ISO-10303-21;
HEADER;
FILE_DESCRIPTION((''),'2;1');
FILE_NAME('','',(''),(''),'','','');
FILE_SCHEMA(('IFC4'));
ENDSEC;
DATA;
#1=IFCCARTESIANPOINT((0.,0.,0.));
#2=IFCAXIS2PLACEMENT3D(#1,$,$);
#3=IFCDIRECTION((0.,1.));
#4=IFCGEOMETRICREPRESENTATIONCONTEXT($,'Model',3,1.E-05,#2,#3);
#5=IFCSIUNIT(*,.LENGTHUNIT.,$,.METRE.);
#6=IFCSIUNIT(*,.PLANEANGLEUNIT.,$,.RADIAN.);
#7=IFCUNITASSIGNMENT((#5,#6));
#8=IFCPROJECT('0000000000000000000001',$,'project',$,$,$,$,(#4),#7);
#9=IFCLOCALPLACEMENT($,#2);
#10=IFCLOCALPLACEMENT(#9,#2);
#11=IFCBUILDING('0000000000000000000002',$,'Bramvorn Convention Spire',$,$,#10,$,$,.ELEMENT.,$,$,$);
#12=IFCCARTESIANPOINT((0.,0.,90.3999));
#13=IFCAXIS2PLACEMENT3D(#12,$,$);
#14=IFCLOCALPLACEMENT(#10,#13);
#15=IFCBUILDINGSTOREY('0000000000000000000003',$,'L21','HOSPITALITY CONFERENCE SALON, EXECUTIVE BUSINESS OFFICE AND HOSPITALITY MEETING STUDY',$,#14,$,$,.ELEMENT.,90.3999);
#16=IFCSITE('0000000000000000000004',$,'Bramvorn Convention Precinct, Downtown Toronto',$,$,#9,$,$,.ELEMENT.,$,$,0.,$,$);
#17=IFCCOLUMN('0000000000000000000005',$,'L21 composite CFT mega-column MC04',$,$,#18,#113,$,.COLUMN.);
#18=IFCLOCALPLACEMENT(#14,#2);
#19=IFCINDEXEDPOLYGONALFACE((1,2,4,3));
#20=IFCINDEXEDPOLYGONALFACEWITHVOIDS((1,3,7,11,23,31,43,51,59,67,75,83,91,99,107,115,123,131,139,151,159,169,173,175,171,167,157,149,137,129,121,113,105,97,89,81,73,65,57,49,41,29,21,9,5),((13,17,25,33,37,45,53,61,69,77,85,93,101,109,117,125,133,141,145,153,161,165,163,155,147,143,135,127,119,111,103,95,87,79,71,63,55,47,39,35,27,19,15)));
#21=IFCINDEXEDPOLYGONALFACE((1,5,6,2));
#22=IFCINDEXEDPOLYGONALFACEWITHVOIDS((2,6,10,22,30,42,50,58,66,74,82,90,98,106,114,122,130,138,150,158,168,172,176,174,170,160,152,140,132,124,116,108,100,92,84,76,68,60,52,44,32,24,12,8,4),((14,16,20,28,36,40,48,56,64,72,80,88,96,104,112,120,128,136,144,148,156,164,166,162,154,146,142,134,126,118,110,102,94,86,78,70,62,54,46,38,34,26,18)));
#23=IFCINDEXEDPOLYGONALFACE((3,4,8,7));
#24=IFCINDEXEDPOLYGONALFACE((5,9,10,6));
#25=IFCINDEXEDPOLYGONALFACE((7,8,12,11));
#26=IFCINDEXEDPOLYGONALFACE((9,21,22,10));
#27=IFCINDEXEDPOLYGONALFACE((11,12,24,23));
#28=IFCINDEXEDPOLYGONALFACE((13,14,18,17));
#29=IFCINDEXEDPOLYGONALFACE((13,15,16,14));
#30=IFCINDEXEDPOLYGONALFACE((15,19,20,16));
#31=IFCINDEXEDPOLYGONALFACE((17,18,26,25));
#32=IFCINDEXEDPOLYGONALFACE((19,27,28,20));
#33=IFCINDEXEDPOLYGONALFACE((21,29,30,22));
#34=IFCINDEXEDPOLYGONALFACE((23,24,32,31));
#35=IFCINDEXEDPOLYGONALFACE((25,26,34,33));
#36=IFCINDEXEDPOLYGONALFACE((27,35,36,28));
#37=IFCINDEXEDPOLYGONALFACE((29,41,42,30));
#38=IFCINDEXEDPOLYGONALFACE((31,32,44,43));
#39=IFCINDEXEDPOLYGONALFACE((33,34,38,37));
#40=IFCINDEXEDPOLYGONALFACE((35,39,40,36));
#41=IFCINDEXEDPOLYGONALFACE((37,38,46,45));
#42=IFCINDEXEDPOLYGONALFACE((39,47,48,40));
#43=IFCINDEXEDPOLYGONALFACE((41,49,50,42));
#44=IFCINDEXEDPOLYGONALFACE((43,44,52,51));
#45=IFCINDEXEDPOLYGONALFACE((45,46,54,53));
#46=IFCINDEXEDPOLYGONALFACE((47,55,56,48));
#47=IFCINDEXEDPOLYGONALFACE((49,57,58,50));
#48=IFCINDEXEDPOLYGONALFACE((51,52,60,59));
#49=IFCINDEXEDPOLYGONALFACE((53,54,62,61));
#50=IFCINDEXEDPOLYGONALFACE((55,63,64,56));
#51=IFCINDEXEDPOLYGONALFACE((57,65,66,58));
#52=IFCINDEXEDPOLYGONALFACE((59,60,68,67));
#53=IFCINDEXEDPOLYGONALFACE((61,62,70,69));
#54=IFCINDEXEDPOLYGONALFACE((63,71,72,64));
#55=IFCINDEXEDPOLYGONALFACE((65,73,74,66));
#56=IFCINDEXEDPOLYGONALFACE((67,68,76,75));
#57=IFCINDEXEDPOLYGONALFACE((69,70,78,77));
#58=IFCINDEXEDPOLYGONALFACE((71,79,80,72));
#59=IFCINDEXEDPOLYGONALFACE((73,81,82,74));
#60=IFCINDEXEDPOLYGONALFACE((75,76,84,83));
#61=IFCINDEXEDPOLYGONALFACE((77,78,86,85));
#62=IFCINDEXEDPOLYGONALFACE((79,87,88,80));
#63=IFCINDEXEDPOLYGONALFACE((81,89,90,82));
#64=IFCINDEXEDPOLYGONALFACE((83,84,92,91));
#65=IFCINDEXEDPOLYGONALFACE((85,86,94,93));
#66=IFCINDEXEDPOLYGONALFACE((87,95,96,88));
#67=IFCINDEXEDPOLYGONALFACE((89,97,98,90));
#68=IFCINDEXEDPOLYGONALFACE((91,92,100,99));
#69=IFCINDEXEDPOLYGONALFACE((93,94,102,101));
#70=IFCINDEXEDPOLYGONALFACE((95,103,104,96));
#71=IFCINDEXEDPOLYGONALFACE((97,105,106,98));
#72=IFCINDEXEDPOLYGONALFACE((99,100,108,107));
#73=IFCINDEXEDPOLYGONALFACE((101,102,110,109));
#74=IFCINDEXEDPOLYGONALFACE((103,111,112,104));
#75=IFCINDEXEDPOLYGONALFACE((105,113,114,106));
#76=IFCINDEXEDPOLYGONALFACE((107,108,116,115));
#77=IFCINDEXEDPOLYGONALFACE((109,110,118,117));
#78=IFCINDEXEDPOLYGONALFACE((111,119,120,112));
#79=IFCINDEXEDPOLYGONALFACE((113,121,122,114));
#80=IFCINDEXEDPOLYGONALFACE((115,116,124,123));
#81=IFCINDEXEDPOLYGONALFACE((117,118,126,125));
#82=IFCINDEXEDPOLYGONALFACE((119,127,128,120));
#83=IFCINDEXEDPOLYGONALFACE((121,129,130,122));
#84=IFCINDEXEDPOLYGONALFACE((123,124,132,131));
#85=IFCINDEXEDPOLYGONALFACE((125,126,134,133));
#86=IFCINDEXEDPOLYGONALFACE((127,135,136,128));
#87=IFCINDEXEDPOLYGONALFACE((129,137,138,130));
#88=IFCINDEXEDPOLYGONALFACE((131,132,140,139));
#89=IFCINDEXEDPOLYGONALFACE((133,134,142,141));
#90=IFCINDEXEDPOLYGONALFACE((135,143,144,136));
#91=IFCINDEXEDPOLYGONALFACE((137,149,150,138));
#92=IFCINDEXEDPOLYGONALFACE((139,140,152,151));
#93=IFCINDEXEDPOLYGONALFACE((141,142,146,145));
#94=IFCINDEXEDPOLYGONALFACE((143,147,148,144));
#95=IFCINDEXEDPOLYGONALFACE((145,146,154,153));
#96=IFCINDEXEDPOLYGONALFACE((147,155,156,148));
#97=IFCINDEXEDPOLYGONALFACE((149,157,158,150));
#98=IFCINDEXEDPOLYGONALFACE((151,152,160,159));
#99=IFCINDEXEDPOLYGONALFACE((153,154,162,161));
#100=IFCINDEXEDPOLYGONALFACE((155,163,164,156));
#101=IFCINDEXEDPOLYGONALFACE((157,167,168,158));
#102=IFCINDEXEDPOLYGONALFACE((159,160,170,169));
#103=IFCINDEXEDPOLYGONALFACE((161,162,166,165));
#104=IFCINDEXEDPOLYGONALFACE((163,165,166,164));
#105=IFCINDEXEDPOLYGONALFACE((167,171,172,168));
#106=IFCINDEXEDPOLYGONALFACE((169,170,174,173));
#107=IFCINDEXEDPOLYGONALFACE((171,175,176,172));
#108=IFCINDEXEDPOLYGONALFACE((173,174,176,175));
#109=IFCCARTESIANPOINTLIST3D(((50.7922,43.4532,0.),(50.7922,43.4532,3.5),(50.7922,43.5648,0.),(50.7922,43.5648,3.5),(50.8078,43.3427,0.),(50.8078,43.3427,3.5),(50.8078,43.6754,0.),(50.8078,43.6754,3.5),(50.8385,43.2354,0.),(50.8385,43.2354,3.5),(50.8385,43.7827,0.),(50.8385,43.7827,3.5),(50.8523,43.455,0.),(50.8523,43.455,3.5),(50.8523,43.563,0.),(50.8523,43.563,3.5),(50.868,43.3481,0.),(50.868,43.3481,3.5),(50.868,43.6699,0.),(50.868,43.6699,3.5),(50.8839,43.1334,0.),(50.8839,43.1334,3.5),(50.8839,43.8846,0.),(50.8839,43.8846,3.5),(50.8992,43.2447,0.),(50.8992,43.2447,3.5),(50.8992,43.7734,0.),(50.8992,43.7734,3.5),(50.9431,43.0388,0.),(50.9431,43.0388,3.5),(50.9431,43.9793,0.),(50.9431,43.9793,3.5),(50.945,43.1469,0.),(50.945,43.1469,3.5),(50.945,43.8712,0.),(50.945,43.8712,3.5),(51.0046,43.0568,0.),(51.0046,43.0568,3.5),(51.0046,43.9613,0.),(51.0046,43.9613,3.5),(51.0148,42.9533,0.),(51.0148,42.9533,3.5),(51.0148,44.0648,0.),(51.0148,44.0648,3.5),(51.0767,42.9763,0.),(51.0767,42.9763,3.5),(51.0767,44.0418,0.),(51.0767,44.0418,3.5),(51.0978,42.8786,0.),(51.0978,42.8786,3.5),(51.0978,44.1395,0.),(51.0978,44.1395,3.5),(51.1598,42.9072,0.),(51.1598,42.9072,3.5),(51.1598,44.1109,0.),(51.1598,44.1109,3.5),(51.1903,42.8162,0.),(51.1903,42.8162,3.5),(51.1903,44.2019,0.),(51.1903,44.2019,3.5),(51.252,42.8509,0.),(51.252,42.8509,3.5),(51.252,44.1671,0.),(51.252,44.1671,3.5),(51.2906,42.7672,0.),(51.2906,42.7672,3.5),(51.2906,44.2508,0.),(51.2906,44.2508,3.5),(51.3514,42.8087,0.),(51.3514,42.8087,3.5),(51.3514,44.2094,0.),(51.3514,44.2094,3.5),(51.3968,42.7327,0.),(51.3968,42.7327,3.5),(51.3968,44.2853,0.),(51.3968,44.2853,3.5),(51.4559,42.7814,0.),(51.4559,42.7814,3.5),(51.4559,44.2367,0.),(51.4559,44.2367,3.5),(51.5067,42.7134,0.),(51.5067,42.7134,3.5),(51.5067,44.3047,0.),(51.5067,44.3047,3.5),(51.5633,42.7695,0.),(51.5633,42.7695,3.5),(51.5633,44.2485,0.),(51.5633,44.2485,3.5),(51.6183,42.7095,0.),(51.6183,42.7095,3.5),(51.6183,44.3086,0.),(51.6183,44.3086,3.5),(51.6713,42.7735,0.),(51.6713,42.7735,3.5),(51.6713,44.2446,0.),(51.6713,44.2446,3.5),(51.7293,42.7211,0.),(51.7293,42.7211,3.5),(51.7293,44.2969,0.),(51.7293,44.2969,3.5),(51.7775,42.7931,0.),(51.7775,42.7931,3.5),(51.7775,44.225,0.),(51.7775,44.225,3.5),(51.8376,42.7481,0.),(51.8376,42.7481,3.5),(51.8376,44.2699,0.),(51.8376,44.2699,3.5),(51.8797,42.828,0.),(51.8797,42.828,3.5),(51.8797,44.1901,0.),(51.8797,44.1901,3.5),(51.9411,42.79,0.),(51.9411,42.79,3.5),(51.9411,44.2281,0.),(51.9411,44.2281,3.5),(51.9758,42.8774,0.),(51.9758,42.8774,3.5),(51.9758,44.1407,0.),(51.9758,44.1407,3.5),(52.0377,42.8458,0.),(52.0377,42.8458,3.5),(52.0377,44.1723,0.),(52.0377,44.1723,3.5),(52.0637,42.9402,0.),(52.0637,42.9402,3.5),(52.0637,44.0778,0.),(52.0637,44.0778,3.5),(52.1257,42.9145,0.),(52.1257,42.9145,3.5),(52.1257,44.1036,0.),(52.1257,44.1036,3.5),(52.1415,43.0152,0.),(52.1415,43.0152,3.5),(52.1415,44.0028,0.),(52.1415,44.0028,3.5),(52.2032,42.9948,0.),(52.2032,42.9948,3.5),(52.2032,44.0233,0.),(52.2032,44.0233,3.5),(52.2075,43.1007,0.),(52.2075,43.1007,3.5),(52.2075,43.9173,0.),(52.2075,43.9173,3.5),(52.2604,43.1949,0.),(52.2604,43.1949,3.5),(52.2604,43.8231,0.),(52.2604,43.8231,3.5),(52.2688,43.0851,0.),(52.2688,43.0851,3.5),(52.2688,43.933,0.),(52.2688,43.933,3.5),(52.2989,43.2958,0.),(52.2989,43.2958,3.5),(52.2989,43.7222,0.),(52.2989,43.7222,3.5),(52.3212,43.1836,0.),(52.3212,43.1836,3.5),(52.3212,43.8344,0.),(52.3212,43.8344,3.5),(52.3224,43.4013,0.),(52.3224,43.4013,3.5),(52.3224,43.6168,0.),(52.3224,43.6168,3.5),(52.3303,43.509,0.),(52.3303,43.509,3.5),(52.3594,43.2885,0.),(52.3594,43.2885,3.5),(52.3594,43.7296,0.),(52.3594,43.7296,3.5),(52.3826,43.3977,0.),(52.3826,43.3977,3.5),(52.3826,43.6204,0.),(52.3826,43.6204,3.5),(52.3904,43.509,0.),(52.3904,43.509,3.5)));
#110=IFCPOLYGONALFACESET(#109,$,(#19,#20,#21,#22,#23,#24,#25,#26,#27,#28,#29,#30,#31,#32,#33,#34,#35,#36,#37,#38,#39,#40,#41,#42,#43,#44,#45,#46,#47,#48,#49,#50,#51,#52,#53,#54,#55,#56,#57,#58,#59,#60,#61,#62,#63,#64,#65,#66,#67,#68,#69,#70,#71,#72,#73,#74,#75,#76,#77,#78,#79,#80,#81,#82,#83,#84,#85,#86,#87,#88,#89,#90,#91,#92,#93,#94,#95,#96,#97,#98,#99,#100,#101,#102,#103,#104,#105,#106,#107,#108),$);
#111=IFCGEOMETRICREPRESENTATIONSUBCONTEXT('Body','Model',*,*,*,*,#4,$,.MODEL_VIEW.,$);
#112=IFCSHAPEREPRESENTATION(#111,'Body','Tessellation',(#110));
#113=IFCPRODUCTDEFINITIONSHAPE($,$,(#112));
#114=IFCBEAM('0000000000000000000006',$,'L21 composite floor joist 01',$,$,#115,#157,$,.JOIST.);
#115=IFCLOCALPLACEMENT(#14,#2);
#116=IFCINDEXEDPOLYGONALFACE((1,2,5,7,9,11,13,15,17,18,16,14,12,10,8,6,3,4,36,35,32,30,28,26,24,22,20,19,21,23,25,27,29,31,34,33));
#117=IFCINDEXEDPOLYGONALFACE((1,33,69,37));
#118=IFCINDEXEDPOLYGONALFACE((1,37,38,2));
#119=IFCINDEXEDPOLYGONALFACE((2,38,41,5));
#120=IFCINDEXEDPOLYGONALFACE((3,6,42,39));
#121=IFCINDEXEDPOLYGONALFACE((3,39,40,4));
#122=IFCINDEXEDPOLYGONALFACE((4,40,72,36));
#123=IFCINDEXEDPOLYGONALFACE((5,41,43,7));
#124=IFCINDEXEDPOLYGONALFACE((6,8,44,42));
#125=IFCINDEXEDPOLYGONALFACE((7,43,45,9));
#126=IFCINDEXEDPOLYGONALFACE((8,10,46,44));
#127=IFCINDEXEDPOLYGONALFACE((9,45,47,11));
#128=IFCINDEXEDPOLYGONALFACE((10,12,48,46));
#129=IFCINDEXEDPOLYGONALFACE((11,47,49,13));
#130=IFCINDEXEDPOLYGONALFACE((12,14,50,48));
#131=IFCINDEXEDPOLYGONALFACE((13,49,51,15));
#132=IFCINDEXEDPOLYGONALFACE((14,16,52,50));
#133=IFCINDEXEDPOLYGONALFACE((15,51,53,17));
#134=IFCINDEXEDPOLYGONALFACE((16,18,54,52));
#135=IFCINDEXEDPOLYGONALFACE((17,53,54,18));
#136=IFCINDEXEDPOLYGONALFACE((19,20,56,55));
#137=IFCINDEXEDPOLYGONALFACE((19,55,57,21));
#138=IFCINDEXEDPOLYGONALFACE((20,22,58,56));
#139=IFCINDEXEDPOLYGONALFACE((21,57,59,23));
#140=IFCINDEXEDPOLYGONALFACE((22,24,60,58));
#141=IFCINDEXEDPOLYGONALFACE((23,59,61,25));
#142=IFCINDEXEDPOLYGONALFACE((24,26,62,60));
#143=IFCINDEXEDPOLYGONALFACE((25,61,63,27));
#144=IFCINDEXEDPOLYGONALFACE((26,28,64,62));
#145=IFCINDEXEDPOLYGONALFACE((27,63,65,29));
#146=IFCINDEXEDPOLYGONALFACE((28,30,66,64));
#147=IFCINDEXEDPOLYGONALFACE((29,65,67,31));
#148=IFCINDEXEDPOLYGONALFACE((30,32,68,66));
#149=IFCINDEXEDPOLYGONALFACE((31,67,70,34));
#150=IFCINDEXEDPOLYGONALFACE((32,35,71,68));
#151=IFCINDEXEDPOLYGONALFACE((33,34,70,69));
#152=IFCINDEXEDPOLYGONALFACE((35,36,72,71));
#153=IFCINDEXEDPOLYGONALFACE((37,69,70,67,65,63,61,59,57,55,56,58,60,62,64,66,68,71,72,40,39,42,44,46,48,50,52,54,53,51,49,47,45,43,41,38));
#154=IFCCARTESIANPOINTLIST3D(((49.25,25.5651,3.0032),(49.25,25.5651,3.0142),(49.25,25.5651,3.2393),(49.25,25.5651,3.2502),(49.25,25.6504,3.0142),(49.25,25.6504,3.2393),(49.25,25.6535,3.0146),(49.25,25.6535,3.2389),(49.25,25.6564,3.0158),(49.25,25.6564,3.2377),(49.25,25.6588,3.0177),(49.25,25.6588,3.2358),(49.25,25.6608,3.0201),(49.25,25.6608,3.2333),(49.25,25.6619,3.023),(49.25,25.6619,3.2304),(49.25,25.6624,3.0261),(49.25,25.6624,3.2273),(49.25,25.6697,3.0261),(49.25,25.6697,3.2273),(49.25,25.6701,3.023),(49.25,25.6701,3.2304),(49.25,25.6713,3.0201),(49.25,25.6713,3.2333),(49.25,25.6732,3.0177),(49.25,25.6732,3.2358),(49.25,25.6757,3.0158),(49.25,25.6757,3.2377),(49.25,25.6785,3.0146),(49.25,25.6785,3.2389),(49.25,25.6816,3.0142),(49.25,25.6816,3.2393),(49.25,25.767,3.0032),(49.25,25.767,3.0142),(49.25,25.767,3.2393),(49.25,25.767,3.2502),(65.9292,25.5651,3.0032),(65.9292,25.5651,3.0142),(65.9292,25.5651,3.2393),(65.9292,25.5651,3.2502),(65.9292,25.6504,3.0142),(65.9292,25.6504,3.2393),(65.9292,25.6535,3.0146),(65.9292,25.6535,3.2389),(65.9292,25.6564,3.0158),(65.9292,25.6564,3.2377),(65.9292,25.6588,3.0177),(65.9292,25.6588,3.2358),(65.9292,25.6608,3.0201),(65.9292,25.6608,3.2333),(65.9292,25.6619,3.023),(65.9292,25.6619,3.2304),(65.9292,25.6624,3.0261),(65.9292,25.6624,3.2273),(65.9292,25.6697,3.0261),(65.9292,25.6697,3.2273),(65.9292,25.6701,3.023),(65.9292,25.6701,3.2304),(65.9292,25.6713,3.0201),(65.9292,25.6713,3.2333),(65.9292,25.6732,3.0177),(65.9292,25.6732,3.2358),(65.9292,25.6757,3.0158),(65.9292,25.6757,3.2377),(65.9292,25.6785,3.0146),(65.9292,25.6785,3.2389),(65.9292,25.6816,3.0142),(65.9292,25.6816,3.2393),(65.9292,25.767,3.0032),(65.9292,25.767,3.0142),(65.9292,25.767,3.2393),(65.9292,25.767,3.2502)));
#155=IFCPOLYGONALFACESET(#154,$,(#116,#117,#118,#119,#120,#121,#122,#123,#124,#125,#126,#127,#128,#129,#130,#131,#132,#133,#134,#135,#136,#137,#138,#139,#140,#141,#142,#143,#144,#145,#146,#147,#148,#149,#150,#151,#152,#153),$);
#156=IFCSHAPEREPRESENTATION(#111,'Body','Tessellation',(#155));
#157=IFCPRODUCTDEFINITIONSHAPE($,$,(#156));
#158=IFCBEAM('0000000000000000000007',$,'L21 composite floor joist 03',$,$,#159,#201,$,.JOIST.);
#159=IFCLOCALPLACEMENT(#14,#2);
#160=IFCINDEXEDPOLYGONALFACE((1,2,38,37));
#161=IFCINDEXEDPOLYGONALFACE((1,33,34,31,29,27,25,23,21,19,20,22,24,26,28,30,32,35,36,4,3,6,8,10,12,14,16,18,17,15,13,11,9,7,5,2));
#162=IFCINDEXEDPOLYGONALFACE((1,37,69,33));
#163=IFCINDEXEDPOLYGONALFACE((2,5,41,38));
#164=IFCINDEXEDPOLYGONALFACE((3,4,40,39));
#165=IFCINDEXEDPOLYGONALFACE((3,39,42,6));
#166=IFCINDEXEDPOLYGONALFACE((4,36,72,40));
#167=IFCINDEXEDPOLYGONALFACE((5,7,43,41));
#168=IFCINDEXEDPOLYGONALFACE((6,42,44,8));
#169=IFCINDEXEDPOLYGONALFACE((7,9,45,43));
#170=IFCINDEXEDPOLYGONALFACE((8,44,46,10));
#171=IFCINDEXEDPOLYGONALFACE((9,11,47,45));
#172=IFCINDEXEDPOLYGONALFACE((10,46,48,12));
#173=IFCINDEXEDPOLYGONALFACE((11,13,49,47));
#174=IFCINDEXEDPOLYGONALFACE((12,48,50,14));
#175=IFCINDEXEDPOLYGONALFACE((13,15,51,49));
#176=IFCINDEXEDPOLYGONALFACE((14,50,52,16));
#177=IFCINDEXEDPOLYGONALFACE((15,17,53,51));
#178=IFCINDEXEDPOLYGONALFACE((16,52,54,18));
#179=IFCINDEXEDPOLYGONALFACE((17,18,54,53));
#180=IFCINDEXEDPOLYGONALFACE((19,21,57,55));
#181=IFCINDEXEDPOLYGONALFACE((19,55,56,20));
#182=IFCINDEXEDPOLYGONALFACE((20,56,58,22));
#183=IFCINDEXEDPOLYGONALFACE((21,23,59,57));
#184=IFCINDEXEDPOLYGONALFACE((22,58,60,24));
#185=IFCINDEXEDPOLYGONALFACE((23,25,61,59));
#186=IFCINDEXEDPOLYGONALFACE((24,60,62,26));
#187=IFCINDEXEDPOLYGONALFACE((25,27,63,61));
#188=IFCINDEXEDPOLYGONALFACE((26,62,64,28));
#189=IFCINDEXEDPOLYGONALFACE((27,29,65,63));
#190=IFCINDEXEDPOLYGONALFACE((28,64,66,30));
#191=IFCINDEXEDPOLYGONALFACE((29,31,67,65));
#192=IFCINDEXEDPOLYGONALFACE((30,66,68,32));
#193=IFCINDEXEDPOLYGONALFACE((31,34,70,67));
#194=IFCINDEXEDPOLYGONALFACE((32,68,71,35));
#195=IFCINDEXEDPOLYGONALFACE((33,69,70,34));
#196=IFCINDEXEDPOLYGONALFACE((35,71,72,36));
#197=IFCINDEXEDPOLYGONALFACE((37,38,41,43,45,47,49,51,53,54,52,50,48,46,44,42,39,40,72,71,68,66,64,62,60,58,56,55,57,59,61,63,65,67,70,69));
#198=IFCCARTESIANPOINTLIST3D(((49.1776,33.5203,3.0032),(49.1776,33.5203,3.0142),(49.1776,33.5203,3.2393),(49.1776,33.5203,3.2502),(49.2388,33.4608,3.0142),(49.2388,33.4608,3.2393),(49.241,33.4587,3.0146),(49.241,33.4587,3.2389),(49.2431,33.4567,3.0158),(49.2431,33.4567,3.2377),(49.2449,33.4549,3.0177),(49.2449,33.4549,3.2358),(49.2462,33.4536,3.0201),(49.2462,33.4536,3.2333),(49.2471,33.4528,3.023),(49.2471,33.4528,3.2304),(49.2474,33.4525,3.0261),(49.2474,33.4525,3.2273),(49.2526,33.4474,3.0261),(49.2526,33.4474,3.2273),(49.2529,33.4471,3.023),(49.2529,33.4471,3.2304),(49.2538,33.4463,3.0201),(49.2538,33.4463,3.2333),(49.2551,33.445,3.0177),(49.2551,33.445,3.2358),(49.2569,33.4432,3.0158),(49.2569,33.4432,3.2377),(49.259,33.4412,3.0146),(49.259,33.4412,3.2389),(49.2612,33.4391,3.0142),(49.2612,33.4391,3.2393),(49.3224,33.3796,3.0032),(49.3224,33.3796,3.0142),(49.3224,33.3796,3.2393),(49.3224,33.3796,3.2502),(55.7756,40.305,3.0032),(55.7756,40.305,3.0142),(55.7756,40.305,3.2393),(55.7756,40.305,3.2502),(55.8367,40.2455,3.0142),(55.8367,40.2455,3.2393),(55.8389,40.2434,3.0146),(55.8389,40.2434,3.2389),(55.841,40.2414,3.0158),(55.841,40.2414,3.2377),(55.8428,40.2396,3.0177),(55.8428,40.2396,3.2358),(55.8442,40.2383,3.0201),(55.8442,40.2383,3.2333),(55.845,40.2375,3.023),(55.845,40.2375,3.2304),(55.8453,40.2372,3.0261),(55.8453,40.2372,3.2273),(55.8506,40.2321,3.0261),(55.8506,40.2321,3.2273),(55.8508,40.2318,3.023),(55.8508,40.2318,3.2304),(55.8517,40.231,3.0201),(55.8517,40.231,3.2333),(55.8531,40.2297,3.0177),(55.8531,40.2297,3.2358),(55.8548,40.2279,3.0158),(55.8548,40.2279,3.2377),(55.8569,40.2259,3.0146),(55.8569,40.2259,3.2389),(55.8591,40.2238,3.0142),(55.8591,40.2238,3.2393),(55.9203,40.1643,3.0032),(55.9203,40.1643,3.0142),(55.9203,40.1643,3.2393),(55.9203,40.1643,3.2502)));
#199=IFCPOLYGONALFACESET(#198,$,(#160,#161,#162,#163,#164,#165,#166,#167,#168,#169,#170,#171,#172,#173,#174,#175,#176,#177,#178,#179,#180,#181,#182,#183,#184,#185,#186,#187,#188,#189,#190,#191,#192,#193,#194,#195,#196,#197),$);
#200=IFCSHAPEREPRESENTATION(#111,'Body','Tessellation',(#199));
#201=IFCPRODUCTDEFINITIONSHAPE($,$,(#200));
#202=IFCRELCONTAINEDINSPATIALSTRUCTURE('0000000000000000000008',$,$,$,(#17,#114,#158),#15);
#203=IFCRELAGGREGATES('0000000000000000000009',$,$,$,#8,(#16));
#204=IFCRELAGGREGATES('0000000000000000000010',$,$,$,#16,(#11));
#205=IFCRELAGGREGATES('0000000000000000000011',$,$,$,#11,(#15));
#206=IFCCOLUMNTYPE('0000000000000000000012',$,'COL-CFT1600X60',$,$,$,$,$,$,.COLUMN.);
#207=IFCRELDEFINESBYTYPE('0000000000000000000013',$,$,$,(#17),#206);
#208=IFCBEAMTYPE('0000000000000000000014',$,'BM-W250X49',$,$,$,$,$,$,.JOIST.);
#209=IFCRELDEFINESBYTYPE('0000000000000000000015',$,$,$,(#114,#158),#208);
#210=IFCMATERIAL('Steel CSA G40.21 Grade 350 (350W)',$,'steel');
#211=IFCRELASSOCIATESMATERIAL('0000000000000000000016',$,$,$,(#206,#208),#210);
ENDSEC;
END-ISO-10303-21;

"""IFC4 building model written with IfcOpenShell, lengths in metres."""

from ifc_helpers import new_model, si_unit, direction, frame, origin, origin_2d, place, context, subcontext, project, spatial, hollow_circle, i_section, extrude, material, material_profile, profile_set, type_object, element, save


model = new_model("IFC4")

# Units and contexts
model_context = context("Model", 3, precision=1e-05, world=origin(), true_north=direction((0.0, 1.0)))
body_context = subcontext(model_context, "Body", "Model", "MODEL_VIEW")
ifc_project = project(units=[si_unit("LENGTHUNIT", "METRE"), si_unit("PLANEANGLEUNIT", "RADIAN")], contexts=[model_context])

# Site, building, storey
site_placement = place(None, origin())
site = spatial("IfcSite", under=ifc_project, at=site_placement, Name="Bramvorn Convention Precinct, Downtown Toronto", CompositionType="ELEMENT", RefElevation=0.0)
building_placement = place(site_placement, origin())
building = spatial("IfcBuilding", under=site, at=building_placement, Name="Bramvorn Convention Spire", CompositionType="ELEMENT")
storey_placement = place(building_placement, frame((0.0, 0.0, 90.3999)))
storey = spatial("IfcBuildingStorey", under=building, at=storey_placement, Name="L21", Description="HOSPITALITY CONFERENCE SALON, EXECUTIVE BUSINESS OFFICE AND HOSPITALITY MEETING STUDY", CompositionType="ELEMENT", Elevation=90.3999)

# Column
ifc_material_1 = material(Name="Steel CSA G40.21 Grade 350 (350W)", Category="steel")
ifc_material_profile_1 = material_profile(ifc_material_1, hollow_circle(Radius=0.8, WallThickness=0.0601, at=origin_2d()))
ifc_profile_set_1 = profile_set([ifc_material_profile_1], Name="Steel CSA G40.21 Grade 350 (350W) - CFT1600X60")
column_type = type_object("IfcColumnType", Name="COL-CFT1600X60", PredefinedType="COLUMN", material=ifc_profile_set_1)
for number, where, z_axis, x_axis, name in (
    (1, (51.5903, 43.509, 0.0), (0.0, 0.0, 1.0), (1.0, 0.0, 0.0), "L21 composite CFT mega-column MC04"),
):
    element("IfcColumn", number, at=place(storey_placement, frame(where, z_axis=z_axis, x_axis=x_axis)), inside=storey, type_object=column_type, Name=name, PredefinedType="COLUMN", context=body_context, shape_type="SweptSolid", body=[
        extrude(hollow_circle(Radius=0.8, WallThickness=0.0601, at=origin_2d()), origin(), (0.0, 0.0, 1.0), 3.5),
    ])

# Beams
ifc_material_profile_2 = material_profile(ifc_material_1, i_section(OverallWidth=0.2019, OverallDepth=0.2471, WebThickness=0.0073, FlangeThickness=0.011, FilletRadius=0.012, at=origin_2d()))
ifc_profile_set_2 = profile_set([ifc_material_profile_2], Name="Steel CSA G40.21 Grade 350 (350W) - W250X49")
beam_type_1 = type_object("IfcBeamType", Name="BM-W250X49", PredefinedType="JOIST", material=ifc_profile_set_2)
beam_1_placement = place(storey_placement, frame((49.25, 25.666, 3.1267), z_axis=(1.0, 0.0, 0.0), x_axis=(0.0, 1.0, 0.0)))
element("IfcBeam", 2, at=beam_1_placement, inside=storey, type_object=beam_type_1, Name="L21 composite floor joist 01", PredefinedType="JOIST", context=body_context, shape_type="SweptSolid", body=[
    extrude(i_section(OverallWidth=0.2019, OverallDepth=0.2471, WebThickness=0.0073, FlangeThickness=0.011, FilletRadius=0.012, at=origin_2d()), origin(), (0.0, 0.0, 1.0), 16.6792),
])
beam_2_placement = place(storey_placement, frame((49.25, 33.45, 3.1267), z_axis=(0.69717, 0.716905, 0.0), x_axis=(-0.716905, 0.69717, 0.0)))
element("IfcBeam", 3, at=beam_2_placement, inside=storey, type_object=beam_type_1, Name="L21 composite floor joist 03", PredefinedType="JOIST", context=body_context, shape_type="SweptSolid", body=[
    extrude(i_section(OverallWidth=0.2019, OverallDepth=0.2471, WebThickness=0.0073, FlangeThickness=0.011, FilletRadius=0.012, at=origin_2d()), origin(), (0.0, 0.0, 1.0), 9.4639),
])

save(model, "model.ifc")
